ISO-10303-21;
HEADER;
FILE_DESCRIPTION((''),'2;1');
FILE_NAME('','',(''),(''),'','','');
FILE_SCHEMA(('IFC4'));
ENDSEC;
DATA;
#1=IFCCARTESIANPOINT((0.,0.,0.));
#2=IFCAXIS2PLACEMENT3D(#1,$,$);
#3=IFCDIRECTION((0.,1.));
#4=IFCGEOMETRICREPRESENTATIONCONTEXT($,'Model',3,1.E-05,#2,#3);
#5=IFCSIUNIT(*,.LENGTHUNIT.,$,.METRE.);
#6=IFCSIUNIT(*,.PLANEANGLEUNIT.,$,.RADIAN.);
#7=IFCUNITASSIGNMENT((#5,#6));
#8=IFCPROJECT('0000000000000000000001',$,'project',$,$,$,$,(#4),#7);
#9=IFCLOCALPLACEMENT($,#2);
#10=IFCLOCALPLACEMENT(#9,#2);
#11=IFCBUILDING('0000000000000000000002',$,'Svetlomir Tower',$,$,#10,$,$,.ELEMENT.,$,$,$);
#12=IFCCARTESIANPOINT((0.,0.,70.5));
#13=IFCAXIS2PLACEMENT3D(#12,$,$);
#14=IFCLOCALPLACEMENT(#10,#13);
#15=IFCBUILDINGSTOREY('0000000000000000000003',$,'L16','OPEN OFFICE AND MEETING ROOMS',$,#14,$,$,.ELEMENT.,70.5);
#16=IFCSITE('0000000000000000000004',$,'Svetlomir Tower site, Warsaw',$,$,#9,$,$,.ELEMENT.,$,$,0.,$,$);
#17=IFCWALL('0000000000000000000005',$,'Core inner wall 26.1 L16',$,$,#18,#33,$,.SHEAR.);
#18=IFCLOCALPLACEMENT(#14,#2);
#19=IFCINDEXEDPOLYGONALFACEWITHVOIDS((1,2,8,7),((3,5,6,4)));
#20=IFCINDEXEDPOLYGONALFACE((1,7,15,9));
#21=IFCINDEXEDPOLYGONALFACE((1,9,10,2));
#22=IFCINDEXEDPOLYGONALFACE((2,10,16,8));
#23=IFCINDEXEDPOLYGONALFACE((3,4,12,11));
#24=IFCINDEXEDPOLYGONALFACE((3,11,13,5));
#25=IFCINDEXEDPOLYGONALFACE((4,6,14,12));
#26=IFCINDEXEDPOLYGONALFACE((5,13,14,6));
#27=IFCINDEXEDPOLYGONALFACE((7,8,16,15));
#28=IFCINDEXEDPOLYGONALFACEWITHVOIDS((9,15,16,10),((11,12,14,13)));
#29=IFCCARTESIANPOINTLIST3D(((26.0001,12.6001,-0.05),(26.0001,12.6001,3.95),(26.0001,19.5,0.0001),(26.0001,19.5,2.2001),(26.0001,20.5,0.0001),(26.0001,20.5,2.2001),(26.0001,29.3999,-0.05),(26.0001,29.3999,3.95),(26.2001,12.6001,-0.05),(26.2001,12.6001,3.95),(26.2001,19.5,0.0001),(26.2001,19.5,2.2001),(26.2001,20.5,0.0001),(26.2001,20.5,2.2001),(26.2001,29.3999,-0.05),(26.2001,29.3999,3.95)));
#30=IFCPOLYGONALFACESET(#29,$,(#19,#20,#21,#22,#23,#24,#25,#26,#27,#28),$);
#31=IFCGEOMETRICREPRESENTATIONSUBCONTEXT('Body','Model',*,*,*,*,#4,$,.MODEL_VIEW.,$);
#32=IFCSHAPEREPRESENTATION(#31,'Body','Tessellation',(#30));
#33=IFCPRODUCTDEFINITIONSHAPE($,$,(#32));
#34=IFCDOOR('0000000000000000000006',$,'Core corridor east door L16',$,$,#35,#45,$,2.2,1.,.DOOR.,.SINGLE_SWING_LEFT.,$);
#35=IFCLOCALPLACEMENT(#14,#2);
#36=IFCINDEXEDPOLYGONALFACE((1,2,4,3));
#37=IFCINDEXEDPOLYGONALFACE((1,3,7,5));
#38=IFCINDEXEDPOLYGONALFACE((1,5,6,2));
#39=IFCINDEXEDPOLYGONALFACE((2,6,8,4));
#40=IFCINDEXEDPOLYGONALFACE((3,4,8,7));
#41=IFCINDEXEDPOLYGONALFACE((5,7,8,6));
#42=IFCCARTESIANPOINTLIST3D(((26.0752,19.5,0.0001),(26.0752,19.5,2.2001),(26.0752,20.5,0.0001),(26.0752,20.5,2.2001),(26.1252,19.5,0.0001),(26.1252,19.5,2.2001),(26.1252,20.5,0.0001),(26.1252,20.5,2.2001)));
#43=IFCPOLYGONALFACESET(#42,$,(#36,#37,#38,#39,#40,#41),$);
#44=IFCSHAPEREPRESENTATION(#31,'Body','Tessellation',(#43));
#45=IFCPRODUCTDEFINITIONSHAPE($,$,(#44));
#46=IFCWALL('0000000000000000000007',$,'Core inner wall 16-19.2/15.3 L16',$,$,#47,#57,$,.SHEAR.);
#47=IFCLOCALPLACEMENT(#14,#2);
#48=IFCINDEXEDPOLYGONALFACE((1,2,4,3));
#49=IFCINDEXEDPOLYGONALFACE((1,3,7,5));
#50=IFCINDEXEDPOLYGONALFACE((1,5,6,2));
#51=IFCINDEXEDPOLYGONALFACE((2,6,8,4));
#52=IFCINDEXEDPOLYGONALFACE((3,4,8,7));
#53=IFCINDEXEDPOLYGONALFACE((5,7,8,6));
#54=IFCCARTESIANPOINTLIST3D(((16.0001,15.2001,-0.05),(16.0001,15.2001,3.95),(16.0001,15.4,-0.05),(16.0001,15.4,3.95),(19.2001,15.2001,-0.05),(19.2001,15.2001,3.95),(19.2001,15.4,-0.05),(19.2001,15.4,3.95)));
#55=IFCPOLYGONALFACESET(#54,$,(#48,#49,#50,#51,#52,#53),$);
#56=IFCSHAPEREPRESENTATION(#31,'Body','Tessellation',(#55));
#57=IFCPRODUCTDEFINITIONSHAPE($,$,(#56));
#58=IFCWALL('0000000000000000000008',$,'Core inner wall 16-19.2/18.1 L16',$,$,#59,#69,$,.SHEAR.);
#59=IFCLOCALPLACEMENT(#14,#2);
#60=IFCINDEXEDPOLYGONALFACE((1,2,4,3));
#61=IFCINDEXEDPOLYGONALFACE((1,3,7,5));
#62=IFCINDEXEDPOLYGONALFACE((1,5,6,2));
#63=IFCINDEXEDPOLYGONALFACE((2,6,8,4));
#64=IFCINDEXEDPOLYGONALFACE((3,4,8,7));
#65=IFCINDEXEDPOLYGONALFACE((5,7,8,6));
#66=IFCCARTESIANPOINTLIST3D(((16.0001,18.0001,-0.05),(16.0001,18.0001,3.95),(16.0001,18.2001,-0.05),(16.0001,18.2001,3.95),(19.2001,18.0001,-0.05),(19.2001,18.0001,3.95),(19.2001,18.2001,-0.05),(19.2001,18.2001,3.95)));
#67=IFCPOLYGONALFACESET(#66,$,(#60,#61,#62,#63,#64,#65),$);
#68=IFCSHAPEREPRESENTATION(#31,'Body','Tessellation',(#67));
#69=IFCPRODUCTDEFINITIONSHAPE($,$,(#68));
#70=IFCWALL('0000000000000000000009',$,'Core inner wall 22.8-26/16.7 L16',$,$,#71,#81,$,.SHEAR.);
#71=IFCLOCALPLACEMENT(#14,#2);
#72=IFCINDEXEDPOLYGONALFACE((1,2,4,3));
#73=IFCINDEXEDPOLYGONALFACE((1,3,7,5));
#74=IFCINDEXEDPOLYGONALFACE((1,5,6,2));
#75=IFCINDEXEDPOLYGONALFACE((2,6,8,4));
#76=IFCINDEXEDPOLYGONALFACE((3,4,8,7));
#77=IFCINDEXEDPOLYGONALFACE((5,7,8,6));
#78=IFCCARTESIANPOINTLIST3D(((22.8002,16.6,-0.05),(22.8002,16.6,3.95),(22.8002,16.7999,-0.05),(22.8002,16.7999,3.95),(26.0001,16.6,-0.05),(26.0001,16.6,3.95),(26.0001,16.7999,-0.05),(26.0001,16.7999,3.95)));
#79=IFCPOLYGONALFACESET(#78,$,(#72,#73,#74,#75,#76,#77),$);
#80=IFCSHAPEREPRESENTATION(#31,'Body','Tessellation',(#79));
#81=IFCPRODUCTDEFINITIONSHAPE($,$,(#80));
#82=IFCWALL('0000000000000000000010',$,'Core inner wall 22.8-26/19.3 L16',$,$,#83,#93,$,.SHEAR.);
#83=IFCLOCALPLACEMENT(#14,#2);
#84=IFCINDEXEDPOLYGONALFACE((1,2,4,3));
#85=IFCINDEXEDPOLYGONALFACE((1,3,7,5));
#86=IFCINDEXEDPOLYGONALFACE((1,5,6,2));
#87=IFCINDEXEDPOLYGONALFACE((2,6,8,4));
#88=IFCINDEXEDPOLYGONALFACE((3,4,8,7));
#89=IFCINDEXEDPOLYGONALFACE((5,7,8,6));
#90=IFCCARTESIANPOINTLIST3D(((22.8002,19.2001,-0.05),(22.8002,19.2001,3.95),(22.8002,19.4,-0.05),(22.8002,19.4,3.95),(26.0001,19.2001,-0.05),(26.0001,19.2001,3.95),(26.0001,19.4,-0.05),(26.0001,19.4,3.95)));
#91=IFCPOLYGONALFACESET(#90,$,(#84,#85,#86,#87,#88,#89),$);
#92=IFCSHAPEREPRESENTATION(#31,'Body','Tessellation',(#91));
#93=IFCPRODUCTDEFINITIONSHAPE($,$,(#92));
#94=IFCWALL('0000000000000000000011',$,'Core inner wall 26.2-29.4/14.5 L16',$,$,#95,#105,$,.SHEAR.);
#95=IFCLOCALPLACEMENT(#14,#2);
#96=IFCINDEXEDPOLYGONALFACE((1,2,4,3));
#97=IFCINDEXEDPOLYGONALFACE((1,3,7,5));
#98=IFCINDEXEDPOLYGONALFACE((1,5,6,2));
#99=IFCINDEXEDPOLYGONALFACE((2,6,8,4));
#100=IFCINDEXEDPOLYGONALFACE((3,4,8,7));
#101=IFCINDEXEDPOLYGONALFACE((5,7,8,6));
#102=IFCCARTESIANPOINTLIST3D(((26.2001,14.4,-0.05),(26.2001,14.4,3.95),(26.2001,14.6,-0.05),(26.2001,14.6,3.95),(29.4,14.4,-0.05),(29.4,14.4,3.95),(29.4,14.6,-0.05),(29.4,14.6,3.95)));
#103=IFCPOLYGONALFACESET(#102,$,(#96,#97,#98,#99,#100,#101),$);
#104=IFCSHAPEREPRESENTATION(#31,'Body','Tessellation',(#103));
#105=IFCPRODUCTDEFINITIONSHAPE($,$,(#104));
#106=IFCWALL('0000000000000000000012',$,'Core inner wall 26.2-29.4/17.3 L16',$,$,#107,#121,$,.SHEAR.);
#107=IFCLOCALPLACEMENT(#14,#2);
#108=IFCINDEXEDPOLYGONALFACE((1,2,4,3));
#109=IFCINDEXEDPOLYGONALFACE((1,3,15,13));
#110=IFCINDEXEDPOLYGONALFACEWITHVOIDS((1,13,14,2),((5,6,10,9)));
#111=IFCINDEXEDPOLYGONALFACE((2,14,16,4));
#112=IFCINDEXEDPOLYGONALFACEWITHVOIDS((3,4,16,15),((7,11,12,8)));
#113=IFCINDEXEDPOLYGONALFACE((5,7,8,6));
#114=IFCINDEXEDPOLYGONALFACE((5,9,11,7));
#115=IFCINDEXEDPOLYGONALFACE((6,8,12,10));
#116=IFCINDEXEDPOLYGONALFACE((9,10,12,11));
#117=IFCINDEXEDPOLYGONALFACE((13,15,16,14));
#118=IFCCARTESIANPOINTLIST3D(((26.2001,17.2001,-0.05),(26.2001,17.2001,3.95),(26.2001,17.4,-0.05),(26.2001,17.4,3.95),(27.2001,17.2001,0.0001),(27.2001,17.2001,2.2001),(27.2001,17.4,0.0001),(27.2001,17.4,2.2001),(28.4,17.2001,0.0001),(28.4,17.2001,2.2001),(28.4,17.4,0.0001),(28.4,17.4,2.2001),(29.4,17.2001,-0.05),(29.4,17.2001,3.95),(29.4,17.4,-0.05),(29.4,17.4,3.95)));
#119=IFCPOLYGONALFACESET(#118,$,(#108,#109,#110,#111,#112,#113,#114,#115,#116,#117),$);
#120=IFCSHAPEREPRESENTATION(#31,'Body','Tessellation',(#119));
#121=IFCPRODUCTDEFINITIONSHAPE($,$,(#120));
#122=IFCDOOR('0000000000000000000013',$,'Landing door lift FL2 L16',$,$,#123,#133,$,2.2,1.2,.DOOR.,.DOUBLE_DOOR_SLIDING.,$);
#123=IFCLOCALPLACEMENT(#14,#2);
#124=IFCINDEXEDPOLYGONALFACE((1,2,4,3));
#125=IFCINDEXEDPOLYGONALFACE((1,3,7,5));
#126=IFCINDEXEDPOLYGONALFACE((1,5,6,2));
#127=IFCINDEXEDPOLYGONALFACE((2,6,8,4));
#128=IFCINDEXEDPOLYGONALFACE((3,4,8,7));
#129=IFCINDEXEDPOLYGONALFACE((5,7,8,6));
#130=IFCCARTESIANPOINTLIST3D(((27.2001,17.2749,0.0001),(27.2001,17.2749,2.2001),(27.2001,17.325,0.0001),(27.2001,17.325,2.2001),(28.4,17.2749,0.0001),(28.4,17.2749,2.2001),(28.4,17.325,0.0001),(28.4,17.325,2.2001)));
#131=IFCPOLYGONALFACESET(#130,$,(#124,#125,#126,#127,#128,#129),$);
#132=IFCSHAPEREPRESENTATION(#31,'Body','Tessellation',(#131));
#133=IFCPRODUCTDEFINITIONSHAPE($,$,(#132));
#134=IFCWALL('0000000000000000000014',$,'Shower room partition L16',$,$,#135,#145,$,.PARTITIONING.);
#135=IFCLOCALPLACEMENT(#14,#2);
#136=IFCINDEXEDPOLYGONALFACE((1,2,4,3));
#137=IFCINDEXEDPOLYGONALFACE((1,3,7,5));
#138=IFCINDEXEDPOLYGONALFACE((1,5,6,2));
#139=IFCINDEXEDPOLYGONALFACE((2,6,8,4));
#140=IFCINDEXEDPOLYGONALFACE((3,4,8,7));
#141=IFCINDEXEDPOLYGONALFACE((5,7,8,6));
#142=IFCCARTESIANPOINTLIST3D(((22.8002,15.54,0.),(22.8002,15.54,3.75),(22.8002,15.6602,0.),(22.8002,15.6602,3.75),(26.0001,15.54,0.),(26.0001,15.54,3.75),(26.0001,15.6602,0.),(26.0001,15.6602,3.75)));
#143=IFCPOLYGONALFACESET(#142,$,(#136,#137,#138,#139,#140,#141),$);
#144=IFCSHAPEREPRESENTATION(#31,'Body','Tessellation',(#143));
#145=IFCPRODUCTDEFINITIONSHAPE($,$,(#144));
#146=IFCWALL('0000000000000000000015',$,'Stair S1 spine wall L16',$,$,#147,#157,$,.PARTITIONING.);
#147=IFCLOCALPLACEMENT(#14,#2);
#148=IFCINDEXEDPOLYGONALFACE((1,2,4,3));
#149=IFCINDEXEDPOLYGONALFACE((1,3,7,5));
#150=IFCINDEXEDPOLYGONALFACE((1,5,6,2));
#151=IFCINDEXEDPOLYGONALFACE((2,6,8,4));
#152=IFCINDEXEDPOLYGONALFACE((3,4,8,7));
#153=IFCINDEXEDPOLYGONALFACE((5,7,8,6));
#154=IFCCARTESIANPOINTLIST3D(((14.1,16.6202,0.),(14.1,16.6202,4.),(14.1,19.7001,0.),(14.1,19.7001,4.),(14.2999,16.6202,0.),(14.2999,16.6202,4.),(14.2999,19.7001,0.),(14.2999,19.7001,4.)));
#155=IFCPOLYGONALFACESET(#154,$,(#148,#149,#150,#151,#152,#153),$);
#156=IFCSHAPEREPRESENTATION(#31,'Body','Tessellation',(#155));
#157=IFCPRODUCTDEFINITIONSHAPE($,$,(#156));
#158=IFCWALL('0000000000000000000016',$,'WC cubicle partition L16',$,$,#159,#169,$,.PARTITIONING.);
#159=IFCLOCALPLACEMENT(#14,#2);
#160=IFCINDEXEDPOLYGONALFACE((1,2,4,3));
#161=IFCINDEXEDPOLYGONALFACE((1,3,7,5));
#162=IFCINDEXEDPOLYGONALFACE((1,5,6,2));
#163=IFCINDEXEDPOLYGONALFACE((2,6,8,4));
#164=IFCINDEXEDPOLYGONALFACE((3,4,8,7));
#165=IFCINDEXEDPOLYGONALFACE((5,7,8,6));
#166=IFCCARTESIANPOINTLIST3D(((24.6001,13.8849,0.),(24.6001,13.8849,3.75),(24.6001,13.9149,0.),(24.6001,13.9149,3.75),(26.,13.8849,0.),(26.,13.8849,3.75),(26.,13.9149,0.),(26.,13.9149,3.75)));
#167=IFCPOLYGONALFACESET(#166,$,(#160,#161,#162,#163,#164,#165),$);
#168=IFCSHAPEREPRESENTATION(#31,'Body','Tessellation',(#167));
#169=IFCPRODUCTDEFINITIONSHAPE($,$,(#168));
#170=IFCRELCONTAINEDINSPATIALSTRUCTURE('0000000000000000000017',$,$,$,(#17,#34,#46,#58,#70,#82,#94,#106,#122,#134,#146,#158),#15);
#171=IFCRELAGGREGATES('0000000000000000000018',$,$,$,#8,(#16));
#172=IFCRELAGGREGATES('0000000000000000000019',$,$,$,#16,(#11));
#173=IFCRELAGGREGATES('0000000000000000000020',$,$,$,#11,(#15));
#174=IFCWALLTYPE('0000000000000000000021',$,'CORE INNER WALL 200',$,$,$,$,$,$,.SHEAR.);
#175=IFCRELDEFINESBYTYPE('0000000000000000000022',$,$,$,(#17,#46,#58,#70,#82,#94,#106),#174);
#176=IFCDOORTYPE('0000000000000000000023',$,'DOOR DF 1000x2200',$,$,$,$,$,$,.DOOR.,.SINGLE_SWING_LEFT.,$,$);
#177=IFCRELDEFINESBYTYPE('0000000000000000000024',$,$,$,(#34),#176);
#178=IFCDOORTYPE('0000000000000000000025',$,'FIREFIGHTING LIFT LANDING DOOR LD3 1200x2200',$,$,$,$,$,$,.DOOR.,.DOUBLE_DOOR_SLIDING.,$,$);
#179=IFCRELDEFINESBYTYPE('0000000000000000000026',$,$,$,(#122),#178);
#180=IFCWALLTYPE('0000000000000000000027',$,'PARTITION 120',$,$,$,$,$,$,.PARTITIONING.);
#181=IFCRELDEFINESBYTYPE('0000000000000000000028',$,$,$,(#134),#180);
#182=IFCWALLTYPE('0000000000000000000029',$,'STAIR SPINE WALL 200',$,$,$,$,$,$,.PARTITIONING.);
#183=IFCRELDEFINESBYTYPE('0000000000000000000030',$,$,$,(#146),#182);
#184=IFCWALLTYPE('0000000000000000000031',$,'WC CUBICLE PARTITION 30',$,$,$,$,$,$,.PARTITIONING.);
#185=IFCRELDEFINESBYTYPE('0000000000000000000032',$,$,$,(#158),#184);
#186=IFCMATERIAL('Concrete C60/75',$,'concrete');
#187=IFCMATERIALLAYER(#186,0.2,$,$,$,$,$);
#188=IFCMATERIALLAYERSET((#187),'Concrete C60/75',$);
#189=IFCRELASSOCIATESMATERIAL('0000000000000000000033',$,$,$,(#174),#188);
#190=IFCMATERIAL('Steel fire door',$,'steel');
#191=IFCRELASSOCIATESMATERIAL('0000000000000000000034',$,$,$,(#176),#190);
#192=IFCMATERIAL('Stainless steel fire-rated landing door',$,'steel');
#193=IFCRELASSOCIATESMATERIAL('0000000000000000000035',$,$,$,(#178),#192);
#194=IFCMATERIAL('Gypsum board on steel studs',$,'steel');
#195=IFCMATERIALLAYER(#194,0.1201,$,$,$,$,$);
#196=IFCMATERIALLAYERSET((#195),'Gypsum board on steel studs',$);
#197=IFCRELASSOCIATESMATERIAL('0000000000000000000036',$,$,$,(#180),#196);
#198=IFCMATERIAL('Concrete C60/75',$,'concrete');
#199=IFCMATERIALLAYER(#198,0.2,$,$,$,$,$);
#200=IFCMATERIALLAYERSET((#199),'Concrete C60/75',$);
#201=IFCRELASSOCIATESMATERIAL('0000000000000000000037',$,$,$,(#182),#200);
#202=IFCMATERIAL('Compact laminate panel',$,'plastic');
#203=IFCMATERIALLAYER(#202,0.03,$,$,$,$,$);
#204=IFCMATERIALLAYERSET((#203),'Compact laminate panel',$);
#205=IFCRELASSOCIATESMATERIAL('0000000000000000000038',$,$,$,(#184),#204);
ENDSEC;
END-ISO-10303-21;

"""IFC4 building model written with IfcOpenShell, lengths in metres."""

from ifc_helpers import new_model, si_unit, direction, frame, frame_2d, origin, place, context, subcontext, project, spatial, rectangle, extrude, material, layer, layer_set, type_object, element, fill, save


model = new_model("IFC4")

# Units and contexts
model_context = context("Model", 3, precision=1e-05, world=origin(), true_north=direction((0.0, 1.0)))
body_context = subcontext(model_context, "Body", "Model", "MODEL_VIEW")
ifc_project = project(units=[si_unit("LENGTHUNIT", "METRE"), si_unit("PLANEANGLEUNIT", "RADIAN")], contexts=[model_context])

# Site, building, storey
site_placement = place(None, origin())
site = spatial("IfcSite", under=ifc_project, at=site_placement, Name="Svetlomir Tower site, Warsaw", CompositionType="ELEMENT", RefElevation=0.0)
building_placement = place(site_placement, origin())
building = spatial("IfcBuilding", under=site, at=building_placement, Name="Svetlomir Tower", CompositionType="ELEMENT")
storey_placement = place(building_placement, frame((0.0, 0.0, 70.5)))
storey = spatial("IfcBuildingStorey", under=building, at=storey_placement, Name="L16", Description="OPEN OFFICE AND MEETING ROOMS", CompositionType="ELEMENT", Elevation=70.5)

# Wall, opening, door
ifc_material_1 = material(Name="Concrete C60/75", Category="concrete")
ifc_layer_1 = layer(ifc_material_1, 0.2)
ifc_layer_set_1 = layer_set([ifc_layer_1], Name="Concrete C60/75")
wall_type_1 = type_object("IfcWallType", Name="CORE INNER WALL 200", PredefinedType="SHEAR", material=ifc_layer_set_1)
wall_1_placement = place(storey_placement, frame((26.1001, 12.6001, -0.05), z_axis=(0.0, 0.0, 1.0), x_axis=(0.0, 1.0, 0.0)))
wall_1 = element("IfcWall", 1, at=wall_1_placement, inside=storey, type_object=wall_type_1, Name="Core inner wall 26.1 L16", PredefinedType="SHEAR", context=body_context, shape_type="SweptSolid", body=[
    extrude(rectangle(XDim=16.7998, YDim=0.2, at=frame_2d((8.3999, 0.0))), origin(), (0.0, 0.0, 1.0), 4.0),
])
opening_1_placement = place(wall_1_placement, frame((6.8999, 0.0, 0.05)))
opening_1 = element("IfcOpeningElement", 2, at=opening_1_placement, cuts=wall_1, PredefinedType="OPENING", context=body_context, shape_type="SweptSolid", body=[
    extrude(rectangle(XDim=1.0, YDim=2.2, at=frame_2d((0.5, 1.1001))), frame((0.0, 0.1099, 0.0), z_axis=(0.0, -1.0, 0.0), x_axis=(1.0, 0.0, 0.0)), (0.0, 0.0, 1.0), 0.22),
])
ifc_material_2 = material(Name="Steel fire door", Category="steel")
door_type_1 = type_object("IfcDoorType", Name="DOOR DF 1000x2200", OperationType="SINGLE_SWING_LEFT", PredefinedType="DOOR", material=ifc_material_2)
door_1_placement = place(opening_1_placement, origin())
door_1 = element("IfcDoor", 3, at=door_1_placement, inside=storey, type_object=door_type_1, Name="Core corridor east door L16", OperationType="SINGLE_SWING_LEFT", OverallHeight=2.2, OverallWidth=1.0, PredefinedType="DOOR", context=body_context, shape_type="SweptSolid", body=[
    extrude(rectangle(XDim=1.0, YDim=2.2, at=frame_2d((0.5, 1.1001))), frame((0.0, 0.0249, 0.0), z_axis=(0.0, -1.0, 0.0), x_axis=(1.0, 0.0, 0.0)), (0.0, 0.0, 1.0), 0.05),
])
fill(opening_1, door_1)

# Walls
for number, where, z_axis, x_axis, name in (
    (4, (16.0, 15.3, -0.05), (0.0, 0.0, 1.0), (1.0, 0.0, 0.0), "Core inner wall 16-19.2/15.3 L16"),
    (5, (16.0, 18.1001, -0.05), (0.0, 0.0, 1.0), (1.0, 0.0, 0.0), "Core inner wall 16-19.2/18.1 L16"),
    (6, (22.8, 16.7, -0.05), (0.0, 0.0, 1.0), (1.0, 0.0, 0.0), "Core inner wall 22.8-26/16.7 L16"),
    (7, (22.8, 19.3, -0.05), (0.0, 0.0, 1.0), (1.0, 0.0, 0.0), "Core inner wall 22.8-26/19.3 L16"),
    (8, (26.2, 14.5, -0.05), (0.0, 0.0, 1.0), (1.0, 0.0, 0.0), "Core inner wall 26.2-29.4/14.5 L16"),
):
    element("IfcWall", number, at=place(storey_placement, frame(where, z_axis=z_axis, x_axis=x_axis)), inside=storey, type_object=wall_type_1, Name=name, PredefinedType="SHEAR", context=body_context, shape_type="SweptSolid", body=[
        extrude(rectangle(XDim=3.2, YDim=0.2, at=frame_2d((1.6001, 0.0))), origin(), (0.0, 0.0, 1.0), 4.0),
    ])

# Wall, opening, door
wall_2_placement = place(storey_placement, frame((26.2, 17.3, -0.05), z_axis=(0.0, 0.0, 1.0), x_axis=(1.0, 0.0, 0.0)))
wall_2 = element("IfcWall", 9, at=wall_2_placement, inside=storey, type_object=wall_type_1, Name="Core inner wall 26.2-29.4/17.3 L16", PredefinedType="SHEAR", context=body_context, shape_type="SweptSolid", body=[
    extrude(rectangle(XDim=3.2, YDim=0.2, at=frame_2d((1.6001, 0.0))), origin(), (0.0, 0.0, 1.0), 4.0),
])
opening_2_placement = place(wall_2_placement, frame((1.0, 0.0, 0.05)))
opening_2 = element("IfcOpeningElement", 10, at=opening_2_placement, cuts=wall_2, PredefinedType="OPENING", context=body_context, shape_type="SweptSolid", body=[
    extrude(rectangle(XDim=1.2, YDim=2.2, at=frame_2d((0.6001, 1.1001))), frame((0.0, 0.1099, 0.0), z_axis=(0.0, -1.0, 0.0), x_axis=(1.0, 0.0, 0.0)), (0.0, 0.0, 1.0), 0.22),
])
ifc_material_3 = material(Name="Stainless steel fire-rated landing door", Category="steel")
door_type_2 = type_object("IfcDoorType", Name="FIREFIGHTING LIFT LANDING DOOR LD3 1200x2200", OperationType="DOUBLE_DOOR_SLIDING", PredefinedType="DOOR", material=ifc_material_3)
door_2_placement = place(opening_2_placement, origin())
door_2 = element("IfcDoor", 11, at=door_2_placement, inside=storey, type_object=door_type_2, Name="Landing door lift FL2 L16", OperationType="DOUBLE_DOOR_SLIDING", OverallHeight=2.2, OverallWidth=1.2, PredefinedType="DOOR", context=body_context, shape_type="SweptSolid", body=[
    extrude(rectangle(XDim=1.2, YDim=2.2, at=frame_2d((0.6001, 1.1001))), frame((0.0, 0.0249, 0.0), z_axis=(0.0, -1.0, 0.0), x_axis=(1.0, 0.0, 0.0)), (0.0, 0.0, 1.0), 0.05),
])
fill(opening_2, door_2)

# Walls
ifc_material_4 = material(Name="Gypsum board on steel studs", Category="steel")
ifc_layer_2 = layer(ifc_material_4, 0.1201)
ifc_layer_set_2 = layer_set([ifc_layer_2], Name="Gypsum board on steel studs")
wall_type_2 = type_object("IfcWallType", Name="PARTITION 120", PredefinedType="PARTITIONING", material=ifc_layer_set_2)
wall_3_placement = place(storey_placement, frame((22.8, 15.6001, 0.0), z_axis=(0.0, 0.0, 1.0), x_axis=(1.0, 0.0, 0.0)))
element("IfcWall", 12, at=wall_3_placement, inside=storey, type_object=wall_type_2, Name="Shower room partition L16", PredefinedType="PARTITIONING", context=body_context, shape_type="SweptSolid", body=[
    extrude(rectangle(XDim=3.2, YDim=0.1201, at=frame_2d((1.6001, 0.0))), origin(), (0.0, 0.0, 1.0), 3.75),
])
ifc_material_5 = material(Name="Concrete C60/75", Category="concrete")
ifc_layer_3 = layer(ifc_material_5, 0.2)
ifc_layer_set_3 = layer_set([ifc_layer_3], Name="Concrete C60/75")
wall_type_3 = type_object("IfcWallType", Name="STAIR SPINE WALL 200", PredefinedType="PARTITIONING", material=ifc_layer_set_3)
wall_4_placement = place(storey_placement, frame((14.2, 16.6201, 0.0), z_axis=(0.0, 0.0, 1.0), x_axis=(0.0, 1.0, 0.0)))
element("IfcWall", 13, at=wall_4_placement, inside=storey, type_object=wall_type_3, Name="Stair S1 spine wall L16", PredefinedType="PARTITIONING", context=body_context, shape_type="SweptSolid", body=[
    extrude(rectangle(XDim=3.0798, YDim=0.2, at=frame_2d((1.54, 0.0))), origin(), (0.0, 0.0, 1.0), 4.0),
])
ifc_material_6 = material(Name="Compact laminate panel", Category="plastic")
ifc_layer_4 = layer(ifc_material_6, 0.03)
ifc_layer_set_4 = layer_set([ifc_layer_4], Name="Compact laminate panel")
wall_type_4 = type_object("IfcWallType", Name="WC CUBICLE PARTITION 30", PredefinedType="PARTITIONING", material=ifc_layer_set_4)
wall_5_placement = place(storey_placement, frame((24.6001, 13.8999, 0.0), z_axis=(0.0, 0.0, 1.0), x_axis=(1.0, 0.0, 0.0)))
element("IfcWall", 14, at=wall_5_placement, inside=storey, type_object=wall_type_4, Name="WC cubicle partition L16", PredefinedType="PARTITIONING", context=body_context, shape_type="SweptSolid", body=[
    extrude(rectangle(XDim=1.3999, YDim=0.03, at=frame_2d((0.7, 0.0))), origin(), (0.0, 0.0, 1.0), 3.75),
])

save(model, "model.ifc")
